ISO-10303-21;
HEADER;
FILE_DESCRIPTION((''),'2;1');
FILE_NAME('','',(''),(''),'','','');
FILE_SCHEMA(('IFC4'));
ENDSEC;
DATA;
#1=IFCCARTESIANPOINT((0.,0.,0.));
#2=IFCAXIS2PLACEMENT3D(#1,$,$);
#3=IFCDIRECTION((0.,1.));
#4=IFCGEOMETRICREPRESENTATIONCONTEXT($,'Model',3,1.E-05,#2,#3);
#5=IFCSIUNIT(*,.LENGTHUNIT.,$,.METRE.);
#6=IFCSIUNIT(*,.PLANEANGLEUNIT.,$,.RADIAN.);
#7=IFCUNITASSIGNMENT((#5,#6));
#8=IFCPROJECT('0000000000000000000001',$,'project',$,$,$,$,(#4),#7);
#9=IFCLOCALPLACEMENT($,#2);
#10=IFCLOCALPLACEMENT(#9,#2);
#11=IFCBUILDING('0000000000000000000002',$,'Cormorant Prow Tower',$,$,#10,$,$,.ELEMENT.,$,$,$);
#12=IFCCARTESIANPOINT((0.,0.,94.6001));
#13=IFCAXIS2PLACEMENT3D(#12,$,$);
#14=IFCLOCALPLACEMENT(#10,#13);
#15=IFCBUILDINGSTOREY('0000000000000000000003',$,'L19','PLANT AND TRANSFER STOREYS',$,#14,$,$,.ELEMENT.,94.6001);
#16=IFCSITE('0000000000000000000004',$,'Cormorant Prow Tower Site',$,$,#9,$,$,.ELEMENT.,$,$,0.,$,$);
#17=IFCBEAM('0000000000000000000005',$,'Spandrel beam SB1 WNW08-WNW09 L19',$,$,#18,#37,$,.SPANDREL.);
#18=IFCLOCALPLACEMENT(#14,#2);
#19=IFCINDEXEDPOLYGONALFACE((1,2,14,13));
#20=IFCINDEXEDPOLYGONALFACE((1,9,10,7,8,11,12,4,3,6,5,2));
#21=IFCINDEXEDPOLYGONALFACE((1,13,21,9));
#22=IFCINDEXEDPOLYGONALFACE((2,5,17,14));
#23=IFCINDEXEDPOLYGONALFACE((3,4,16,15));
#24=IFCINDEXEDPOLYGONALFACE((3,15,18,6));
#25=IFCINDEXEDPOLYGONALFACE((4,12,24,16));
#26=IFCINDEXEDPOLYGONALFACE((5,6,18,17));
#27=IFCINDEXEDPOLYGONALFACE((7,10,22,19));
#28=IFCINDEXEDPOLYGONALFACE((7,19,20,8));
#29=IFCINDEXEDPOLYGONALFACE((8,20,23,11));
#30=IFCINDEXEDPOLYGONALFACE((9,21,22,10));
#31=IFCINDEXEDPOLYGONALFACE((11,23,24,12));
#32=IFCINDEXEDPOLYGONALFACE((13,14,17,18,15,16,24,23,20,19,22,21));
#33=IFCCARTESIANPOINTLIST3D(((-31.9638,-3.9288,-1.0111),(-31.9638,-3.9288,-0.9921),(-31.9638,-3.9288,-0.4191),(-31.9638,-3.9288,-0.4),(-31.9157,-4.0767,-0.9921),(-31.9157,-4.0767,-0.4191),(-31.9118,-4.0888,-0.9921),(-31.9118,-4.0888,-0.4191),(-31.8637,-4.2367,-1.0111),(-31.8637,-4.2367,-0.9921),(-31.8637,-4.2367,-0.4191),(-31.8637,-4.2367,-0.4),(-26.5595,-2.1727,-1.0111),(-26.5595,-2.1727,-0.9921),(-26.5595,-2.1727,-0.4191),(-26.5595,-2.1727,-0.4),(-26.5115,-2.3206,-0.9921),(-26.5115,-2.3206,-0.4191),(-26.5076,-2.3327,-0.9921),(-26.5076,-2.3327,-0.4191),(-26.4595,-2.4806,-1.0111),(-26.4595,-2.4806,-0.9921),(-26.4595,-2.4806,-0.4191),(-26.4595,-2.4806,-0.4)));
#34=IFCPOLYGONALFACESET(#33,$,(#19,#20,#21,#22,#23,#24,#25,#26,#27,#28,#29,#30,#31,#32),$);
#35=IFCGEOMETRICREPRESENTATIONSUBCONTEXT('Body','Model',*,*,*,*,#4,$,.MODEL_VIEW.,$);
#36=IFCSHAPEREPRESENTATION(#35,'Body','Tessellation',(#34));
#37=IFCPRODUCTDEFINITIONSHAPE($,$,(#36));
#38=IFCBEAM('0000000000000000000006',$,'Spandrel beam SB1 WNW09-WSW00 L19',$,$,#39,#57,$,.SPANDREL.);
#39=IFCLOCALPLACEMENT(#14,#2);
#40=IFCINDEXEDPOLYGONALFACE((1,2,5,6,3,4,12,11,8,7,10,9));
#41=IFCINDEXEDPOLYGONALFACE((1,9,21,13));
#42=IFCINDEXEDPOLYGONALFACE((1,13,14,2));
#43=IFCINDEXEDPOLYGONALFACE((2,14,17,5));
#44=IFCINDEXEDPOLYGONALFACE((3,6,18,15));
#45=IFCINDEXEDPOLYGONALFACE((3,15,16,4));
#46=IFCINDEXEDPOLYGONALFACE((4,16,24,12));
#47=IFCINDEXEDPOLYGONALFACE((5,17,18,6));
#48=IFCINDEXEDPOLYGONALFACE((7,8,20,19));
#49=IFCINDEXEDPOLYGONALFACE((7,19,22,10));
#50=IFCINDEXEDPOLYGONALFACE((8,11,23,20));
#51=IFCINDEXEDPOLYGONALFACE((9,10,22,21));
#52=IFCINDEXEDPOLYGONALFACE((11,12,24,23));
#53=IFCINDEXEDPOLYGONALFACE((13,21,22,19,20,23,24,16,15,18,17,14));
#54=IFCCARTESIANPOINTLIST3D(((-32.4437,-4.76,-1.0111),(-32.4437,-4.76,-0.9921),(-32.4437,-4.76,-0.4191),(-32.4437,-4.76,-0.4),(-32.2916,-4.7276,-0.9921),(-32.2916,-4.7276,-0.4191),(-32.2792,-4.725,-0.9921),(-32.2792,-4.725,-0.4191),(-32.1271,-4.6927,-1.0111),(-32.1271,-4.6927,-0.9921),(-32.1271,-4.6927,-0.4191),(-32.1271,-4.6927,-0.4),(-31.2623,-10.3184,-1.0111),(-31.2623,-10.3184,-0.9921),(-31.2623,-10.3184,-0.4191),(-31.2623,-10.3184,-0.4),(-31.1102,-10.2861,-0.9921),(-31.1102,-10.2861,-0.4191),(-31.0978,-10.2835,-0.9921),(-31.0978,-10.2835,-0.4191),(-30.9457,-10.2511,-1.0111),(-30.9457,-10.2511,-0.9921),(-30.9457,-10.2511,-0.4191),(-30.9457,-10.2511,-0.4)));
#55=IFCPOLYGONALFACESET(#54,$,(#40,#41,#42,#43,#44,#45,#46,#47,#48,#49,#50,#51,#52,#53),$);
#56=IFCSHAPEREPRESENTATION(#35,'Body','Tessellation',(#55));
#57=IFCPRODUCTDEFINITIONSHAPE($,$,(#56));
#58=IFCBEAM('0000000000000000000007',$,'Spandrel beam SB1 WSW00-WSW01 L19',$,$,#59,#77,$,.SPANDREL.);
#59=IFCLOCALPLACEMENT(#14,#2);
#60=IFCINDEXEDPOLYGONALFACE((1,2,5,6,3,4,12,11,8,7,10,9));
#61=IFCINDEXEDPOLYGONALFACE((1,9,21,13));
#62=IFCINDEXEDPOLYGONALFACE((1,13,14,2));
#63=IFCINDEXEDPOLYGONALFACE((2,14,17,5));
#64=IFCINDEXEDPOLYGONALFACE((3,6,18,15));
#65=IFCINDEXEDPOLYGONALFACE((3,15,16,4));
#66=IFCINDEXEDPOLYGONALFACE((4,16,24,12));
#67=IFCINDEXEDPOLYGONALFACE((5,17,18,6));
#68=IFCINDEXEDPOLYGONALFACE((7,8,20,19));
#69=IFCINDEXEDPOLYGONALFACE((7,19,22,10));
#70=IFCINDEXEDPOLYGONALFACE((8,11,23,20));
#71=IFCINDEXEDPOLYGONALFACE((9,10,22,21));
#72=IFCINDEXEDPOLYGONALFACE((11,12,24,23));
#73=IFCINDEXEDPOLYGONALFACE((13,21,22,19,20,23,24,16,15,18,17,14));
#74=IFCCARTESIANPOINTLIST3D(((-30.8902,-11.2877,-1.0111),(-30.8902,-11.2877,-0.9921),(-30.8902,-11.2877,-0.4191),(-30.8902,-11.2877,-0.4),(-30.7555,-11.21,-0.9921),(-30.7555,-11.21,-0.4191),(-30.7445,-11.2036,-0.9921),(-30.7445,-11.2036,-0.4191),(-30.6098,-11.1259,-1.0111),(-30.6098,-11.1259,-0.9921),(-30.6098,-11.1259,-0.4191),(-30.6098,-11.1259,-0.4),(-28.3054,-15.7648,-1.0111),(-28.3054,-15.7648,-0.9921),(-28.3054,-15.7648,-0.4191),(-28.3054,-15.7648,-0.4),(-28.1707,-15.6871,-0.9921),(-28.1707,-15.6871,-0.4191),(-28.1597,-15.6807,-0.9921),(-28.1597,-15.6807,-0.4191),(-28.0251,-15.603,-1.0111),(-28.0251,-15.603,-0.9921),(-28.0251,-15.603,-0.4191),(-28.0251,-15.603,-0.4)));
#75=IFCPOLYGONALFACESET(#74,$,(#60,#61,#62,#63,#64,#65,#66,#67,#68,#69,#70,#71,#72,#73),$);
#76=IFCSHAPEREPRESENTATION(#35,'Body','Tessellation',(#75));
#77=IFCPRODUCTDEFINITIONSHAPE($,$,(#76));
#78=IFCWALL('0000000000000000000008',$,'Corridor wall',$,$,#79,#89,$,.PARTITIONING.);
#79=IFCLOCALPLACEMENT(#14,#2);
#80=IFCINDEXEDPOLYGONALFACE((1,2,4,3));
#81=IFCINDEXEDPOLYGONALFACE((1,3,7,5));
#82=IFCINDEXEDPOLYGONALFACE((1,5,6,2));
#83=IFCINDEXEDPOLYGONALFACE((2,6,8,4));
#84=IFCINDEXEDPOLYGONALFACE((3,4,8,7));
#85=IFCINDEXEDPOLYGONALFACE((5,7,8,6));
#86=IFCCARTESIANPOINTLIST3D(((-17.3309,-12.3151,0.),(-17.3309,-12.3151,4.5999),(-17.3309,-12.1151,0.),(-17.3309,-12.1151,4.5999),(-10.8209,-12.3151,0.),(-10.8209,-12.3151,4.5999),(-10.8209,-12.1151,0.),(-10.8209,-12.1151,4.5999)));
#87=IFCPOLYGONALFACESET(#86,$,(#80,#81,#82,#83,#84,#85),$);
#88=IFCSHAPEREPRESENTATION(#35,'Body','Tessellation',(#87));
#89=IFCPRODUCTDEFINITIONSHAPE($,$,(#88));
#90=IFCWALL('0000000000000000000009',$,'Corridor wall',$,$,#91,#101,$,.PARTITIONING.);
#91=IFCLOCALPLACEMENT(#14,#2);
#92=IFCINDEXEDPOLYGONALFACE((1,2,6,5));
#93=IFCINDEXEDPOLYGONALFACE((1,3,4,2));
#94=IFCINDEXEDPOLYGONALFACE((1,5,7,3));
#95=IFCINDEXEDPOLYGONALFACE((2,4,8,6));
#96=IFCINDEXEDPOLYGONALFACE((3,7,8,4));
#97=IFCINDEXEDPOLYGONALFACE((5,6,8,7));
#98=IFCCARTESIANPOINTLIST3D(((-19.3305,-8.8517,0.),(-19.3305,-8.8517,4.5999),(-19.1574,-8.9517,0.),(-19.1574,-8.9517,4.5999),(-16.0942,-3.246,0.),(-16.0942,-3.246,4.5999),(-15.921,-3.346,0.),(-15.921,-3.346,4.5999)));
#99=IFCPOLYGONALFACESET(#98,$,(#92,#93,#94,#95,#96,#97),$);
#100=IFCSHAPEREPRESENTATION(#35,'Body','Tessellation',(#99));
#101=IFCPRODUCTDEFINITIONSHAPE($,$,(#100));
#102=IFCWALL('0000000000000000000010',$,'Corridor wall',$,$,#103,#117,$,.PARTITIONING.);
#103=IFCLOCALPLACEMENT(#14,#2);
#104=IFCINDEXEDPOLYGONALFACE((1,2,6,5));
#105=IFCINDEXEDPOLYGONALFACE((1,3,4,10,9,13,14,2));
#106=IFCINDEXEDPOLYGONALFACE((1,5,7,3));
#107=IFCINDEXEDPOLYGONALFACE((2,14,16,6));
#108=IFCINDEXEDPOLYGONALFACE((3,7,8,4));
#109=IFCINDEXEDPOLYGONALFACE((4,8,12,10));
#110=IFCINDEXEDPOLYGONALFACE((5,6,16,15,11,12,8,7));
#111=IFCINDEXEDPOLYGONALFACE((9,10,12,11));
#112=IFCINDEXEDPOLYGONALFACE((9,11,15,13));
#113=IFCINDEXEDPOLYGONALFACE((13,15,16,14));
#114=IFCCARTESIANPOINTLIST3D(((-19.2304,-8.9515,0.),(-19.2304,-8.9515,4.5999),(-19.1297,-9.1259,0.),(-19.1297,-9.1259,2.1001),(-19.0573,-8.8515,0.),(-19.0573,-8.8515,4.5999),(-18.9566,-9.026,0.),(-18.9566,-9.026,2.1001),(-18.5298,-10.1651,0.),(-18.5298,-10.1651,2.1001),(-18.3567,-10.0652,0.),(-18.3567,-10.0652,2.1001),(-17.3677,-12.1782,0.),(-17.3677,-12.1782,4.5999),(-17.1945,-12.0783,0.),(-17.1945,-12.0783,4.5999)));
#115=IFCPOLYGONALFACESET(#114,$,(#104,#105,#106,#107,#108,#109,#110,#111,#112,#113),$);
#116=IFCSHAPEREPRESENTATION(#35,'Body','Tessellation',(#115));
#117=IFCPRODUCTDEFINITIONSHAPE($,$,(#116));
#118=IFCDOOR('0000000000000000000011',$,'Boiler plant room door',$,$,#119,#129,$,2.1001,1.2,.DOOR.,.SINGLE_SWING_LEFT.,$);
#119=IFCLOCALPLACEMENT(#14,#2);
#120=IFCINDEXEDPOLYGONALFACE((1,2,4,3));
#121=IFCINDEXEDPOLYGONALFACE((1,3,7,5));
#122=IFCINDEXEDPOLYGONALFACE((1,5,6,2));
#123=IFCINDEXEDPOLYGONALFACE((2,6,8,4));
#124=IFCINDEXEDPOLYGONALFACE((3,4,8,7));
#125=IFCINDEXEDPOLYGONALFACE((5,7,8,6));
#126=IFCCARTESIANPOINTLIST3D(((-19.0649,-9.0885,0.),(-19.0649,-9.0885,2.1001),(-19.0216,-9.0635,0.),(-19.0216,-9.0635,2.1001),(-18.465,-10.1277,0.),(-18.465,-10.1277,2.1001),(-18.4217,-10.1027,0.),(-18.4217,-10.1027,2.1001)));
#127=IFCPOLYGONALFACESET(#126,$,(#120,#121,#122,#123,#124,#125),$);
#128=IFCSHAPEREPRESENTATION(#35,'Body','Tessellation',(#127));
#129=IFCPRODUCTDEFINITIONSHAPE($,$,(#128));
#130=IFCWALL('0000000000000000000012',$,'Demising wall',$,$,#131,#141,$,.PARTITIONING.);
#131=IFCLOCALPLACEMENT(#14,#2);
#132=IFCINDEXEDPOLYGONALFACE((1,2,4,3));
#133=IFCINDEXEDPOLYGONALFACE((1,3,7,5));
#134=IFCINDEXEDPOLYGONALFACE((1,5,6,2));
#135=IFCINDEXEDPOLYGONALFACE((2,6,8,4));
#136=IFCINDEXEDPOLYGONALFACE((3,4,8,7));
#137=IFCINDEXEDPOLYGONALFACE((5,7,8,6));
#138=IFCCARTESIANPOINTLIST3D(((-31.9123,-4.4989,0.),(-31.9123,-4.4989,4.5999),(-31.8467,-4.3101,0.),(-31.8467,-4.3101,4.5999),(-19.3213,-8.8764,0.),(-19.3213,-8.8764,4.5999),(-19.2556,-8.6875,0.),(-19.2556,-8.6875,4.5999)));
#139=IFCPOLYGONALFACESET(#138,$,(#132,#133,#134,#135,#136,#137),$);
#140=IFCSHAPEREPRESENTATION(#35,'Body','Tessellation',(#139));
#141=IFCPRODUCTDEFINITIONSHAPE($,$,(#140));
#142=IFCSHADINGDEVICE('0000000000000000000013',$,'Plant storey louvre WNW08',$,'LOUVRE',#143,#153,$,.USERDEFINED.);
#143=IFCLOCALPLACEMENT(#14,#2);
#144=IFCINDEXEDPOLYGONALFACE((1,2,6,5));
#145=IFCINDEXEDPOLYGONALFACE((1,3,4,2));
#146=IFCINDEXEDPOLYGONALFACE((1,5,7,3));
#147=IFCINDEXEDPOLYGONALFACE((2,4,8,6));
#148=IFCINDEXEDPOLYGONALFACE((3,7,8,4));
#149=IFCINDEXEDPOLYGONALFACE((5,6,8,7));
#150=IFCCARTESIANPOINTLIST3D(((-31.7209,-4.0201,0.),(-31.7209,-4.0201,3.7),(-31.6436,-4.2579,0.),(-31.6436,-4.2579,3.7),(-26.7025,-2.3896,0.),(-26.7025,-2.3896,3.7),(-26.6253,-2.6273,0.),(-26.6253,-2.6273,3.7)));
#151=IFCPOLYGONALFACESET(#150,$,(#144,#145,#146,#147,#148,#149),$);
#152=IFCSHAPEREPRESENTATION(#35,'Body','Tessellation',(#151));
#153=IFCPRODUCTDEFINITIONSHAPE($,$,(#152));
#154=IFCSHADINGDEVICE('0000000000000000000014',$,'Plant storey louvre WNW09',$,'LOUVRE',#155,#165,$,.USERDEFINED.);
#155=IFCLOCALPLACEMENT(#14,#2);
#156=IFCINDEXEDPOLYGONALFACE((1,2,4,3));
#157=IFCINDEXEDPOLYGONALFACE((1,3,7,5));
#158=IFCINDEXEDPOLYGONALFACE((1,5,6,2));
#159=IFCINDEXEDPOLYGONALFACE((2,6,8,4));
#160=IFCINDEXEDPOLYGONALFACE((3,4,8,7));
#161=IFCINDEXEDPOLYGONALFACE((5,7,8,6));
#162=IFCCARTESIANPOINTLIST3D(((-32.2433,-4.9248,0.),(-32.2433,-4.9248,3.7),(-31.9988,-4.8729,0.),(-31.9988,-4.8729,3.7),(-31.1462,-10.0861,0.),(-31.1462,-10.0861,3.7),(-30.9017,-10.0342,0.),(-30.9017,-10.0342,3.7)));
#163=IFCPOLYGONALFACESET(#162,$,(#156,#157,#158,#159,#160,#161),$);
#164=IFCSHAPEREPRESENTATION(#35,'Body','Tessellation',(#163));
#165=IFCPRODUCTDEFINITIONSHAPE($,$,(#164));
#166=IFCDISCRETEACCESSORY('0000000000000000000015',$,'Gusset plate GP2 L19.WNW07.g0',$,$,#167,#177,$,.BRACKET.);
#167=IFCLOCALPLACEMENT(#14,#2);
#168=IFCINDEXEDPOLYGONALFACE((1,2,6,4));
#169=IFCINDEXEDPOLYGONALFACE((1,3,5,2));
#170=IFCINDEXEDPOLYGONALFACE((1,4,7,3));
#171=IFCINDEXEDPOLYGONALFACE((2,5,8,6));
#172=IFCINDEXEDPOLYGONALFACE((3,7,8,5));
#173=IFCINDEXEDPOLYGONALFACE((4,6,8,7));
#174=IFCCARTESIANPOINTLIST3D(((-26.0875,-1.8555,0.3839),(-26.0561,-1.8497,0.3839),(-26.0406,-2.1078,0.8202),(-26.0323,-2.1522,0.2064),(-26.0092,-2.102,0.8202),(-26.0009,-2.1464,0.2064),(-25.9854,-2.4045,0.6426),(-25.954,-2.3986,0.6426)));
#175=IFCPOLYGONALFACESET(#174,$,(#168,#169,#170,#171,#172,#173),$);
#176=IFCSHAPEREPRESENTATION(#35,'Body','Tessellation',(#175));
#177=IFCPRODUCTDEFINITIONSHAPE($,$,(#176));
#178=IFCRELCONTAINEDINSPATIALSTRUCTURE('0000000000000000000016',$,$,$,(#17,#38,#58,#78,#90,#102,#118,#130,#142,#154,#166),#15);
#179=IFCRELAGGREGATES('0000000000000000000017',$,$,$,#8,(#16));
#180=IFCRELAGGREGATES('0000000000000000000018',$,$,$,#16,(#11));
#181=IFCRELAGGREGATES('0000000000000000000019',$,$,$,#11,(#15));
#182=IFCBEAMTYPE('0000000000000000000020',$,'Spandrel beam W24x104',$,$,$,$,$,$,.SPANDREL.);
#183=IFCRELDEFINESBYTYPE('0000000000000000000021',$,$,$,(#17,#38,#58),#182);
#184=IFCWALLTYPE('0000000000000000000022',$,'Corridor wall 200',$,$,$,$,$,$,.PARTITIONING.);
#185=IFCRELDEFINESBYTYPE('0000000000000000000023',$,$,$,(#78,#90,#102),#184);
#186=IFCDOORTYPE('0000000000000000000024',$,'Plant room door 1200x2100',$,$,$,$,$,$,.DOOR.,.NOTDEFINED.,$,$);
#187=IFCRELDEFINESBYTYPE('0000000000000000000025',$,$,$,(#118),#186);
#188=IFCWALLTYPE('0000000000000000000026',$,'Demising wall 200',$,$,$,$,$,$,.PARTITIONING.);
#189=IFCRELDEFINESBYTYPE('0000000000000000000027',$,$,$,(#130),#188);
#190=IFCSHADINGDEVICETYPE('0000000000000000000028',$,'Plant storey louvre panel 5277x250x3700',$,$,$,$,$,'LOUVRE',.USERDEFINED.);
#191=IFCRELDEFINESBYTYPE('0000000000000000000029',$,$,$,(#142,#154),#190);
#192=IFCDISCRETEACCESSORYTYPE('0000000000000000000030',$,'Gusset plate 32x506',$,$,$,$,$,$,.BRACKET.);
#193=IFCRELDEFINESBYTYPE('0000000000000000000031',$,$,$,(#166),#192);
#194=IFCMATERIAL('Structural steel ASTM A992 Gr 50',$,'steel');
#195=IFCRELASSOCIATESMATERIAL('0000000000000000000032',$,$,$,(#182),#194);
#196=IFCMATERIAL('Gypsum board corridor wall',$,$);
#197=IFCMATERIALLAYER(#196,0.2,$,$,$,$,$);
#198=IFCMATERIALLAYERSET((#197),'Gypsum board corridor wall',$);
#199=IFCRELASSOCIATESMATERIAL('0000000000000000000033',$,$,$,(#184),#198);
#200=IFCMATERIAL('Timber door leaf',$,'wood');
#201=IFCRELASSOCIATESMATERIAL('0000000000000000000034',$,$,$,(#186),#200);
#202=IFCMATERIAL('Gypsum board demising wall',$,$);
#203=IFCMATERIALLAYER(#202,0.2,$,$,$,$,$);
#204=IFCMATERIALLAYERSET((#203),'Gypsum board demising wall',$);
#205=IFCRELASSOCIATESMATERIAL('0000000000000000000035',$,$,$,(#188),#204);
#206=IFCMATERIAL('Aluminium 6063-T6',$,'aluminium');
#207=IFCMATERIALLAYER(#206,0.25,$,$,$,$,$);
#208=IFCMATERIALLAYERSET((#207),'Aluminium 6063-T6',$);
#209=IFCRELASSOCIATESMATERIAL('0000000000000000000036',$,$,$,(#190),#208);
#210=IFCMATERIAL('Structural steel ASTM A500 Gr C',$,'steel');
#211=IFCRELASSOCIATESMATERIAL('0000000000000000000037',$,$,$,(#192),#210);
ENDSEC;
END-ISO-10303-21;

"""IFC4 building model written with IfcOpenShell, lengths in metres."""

from ifc_helpers import new_model, si_unit, direction, frame, frame_2d, origin, origin_2d, place, context, subcontext, project, spatial, rectangle, i_section, extrude, material, layer, layer_set, material_profile, profile_set, type_object, element, fill, save


model = new_model("IFC4")

# Units and contexts
model_context = context("Model", 3, precision=1e-05, world=origin(), true_north=direction((0.0, 1.0)))
body_context = subcontext(model_context, "Body", "Model", "MODEL_VIEW")
ifc_project = project(units=[si_unit("LENGTHUNIT", "METRE"), si_unit("PLANEANGLEUNIT", "RADIAN")], contexts=[model_context])

# Site, building, storey
site_placement = place(None, origin())
site = spatial("IfcSite", under=ifc_project, at=site_placement, Name="Cormorant Prow Tower Site", CompositionType="ELEMENT", RefElevation=0.0)
building_placement = place(site_placement, origin())
building = spatial("IfcBuilding", under=site, at=building_placement, Name="Cormorant Prow Tower", CompositionType="ELEMENT")
storey_placement = place(building_placement, frame((0.0, 0.0, 94.6001)))
storey = spatial("IfcBuildingStorey", under=building, at=storey_placement, Name="L19", Description="PLANT AND TRANSFER STOREYS", CompositionType="ELEMENT", Elevation=94.6001)

# Beams
ifc_material_1 = material(Name="Structural steel ASTM A992 Gr 50", Category="steel")
ifc_material_profile_1 = material_profile(ifc_material_1, i_section(OverallWidth=0.3237, OverallDepth=0.6111, WebThickness=0.0127, FlangeThickness=0.019, at=origin_2d()), Name="W24x104")
ifc_profile_set_1 = profile_set([ifc_material_profile_1], Name="Structural steel ASTM A992 Gr 50")
beam_type = type_object("IfcBeamType", Name="Spandrel beam W24x104", PredefinedType="SPANDREL", material=ifc_profile_set_1)
beam_1_placement = place(storey_placement, frame((-26.5095, -2.3267, -0.7056), z_axis=(-0.951049, -0.309039, 0.0), x_axis=(0.309039, -0.951049, 0.0)))
element("IfcBeam", 1, at=beam_1_placement, inside=storey, type_object=beam_type, Name="Spandrel beam SB1 WNW08-WNW09 L19", PredefinedType="SPANDREL", context=body_context, shape_type="SweptSolid", body=[
    extrude(i_section(OverallWidth=0.3237, OverallDepth=0.6111, WebThickness=0.0127, FlangeThickness=0.019, at=origin_2d()), origin(), (0.0, 0.0, 1.0), 5.6824),
])
beam_2_placement = place(storey_placement, frame((-32.2854, -4.7263, -0.7056), z_axis=(0.2079, -0.97815, 0.0), x_axis=(0.97815, 0.2079, 0.0)))
element("IfcBeam", 2, at=beam_2_placement, inside=storey, type_object=beam_type, Name="Spandrel beam SB1 WNW09-WSW00 L19", PredefinedType="SPANDREL", context=body_context, shape_type="SweptSolid", body=[
    extrude(i_section(OverallWidth=0.3237, OverallDepth=0.6111, WebThickness=0.0127, FlangeThickness=0.019, at=origin_2d()), origin(), (0.0, 0.0, 1.0), 5.6826),
])
beam_3_placement = place(storey_placement, frame((-30.75, -11.2068, -0.7056), z_axis=(0.499984, -0.866035, 0.0), x_axis=(0.866035, 0.499984, 0.0)))
element("IfcBeam", 3, at=beam_3_placement, inside=storey, type_object=beam_type, Name="Spandrel beam SB1 WSW00-WSW01 L19", PredefinedType="SPANDREL", context=body_context, shape_type="SweptSolid", body=[
    extrude(i_section(OverallWidth=0.3237, OverallDepth=0.6111, WebThickness=0.0127, FlangeThickness=0.019, at=origin_2d()), origin(), (0.0, 0.0, 1.0), 5.1697),
])

# Walls
ifc_material_2 = material(Name="Gypsum board corridor wall")
ifc_layer_1 = layer(ifc_material_2, 0.2)
ifc_layer_set_1 = layer_set([ifc_layer_1], Name="Gypsum board corridor wall")
wall_type_1 = type_object("IfcWallType", Name="Corridor wall 200", PredefinedType="PARTITIONING", material=ifc_layer_set_1)
wall_1_placement = place(storey_placement, frame((-17.3308, -12.2151, 0.0), z_axis=(0.0, 0.0, 1.0), x_axis=(1.0, 0.0, 0.0)))
element("IfcWall", 4, at=wall_1_placement, inside=storey, type_object=wall_type_1, Name="Corridor wall", PredefinedType="PARTITIONING", context=body_context, shape_type="SweptSolid", body=[
    extrude(rectangle(XDim=6.51, YDim=0.2, at=frame_2d((3.2549, 0.0))), origin(), (0.0, 0.0, 1.0), 4.5999),
])
wall_2_placement = place(storey_placement, frame((-19.2439, -8.9016, 0.0), z_axis=(0.0, 0.0, 1.0), x_axis=(0.499985, 0.866034, 0.0)))
element("IfcWall", 5, at=wall_2_placement, inside=storey, type_object=wall_type_1, Name="Corridor wall", PredefinedType="PARTITIONING", context=body_context, shape_type="SweptSolid", body=[
    extrude(rectangle(XDim=6.4729, YDim=0.2, at=frame_2d((3.2363, 0.0))), origin(), (0.0, 0.0, 1.0), 4.5999),
])

# Wall, opening, door
wall_3_placement = place(storey_placement, frame((-19.1438, -8.9016, 0.0), z_axis=(0.0, 0.0, 1.0), x_axis=(0.499959, -0.866049, 0.0)))
wall_3 = element("IfcWall", 6, at=wall_3_placement, inside=storey, type_object=wall_type_1, Name="Corridor wall", PredefinedType="PARTITIONING", context=body_context, shape_type="SweptSolid", body=[
    extrude(rectangle(XDim=3.7258, YDim=0.2, at=frame_2d((1.8628, 0.0))), origin(), (0.0, 0.0, 1.0), 4.5999),
])
opening_placement = place(wall_3_placement, frame((0.2012, 0.0, 0.0)))
opening = element("IfcOpeningElement", 7, at=opening_placement, cuts=wall_3, PredefinedType="OPENING", context=body_context, shape_type="SweptSolid", body=[
    extrude(rectangle(XDim=1.2, YDim=2.1001, at=frame_2d((0.6001, 1.05))), frame((0.0, 0.1099, 0.0), z_axis=(0.0, -1.0, 0.0), x_axis=(1.0, 0.0, 0.0)), (0.0, 0.0, 1.0), 0.22),
])
ifc_material_3 = material(Name="Timber door leaf", Category="wood")
door_type = type_object("IfcDoorType", Name="Plant room door 1200x2100", OperationType="NOTDEFINED", PredefinedType="DOOR", material=ifc_material_3)
door_placement = place(opening_placement, origin())
door = element("IfcDoor", 8, at=door_placement, inside=storey, type_object=door_type, Name="Boiler plant room door", OperationType="SINGLE_SWING_LEFT", OverallHeight=2.1001, OverallWidth=1.2, PredefinedType="DOOR", context=body_context, shape_type="SweptSolid", body=[
    extrude(rectangle(XDim=1.2, YDim=2.1001, at=frame_2d((0.6001, 1.05))), frame((0.0, 0.0249, 0.0), z_axis=(0.0, -1.0, 0.0), x_axis=(1.0, 0.0, 0.0)), (0.0, 0.0, 1.0), 0.05),
])
fill(opening, door)

# Wall
ifc_material_4 = material(Name="Gypsum board demising wall")
ifc_layer_2 = layer(ifc_material_4, 0.2)
ifc_layer_set_2 = layer_set([ifc_layer_2], Name="Gypsum board demising wall")
wall_type_2 = type_object("IfcWallType", Name="Demising wall 200", PredefinedType="PARTITIONING", material=ifc_layer_set_2)
wall_4_placement = place(storey_placement, frame((-31.8794, -4.4045, 0.0), z_axis=(0.0, 0.0, 1.0), x_axis=(0.944545, -0.328383, 0.0)))
element("IfcWall", 9, at=wall_4_placement, inside=storey, type_object=wall_type_2, Name="Demising wall", PredefinedType="PARTITIONING", context=body_context, shape_type="SweptSolid", body=[
    extrude(rectangle(XDim=13.3303, YDim=0.2, at=frame_2d((6.665, 0.0))), origin(), (0.0, 0.0, 1.0), 4.5999),
])

# Shading devices
ifc_material_5 = material(Name="Aluminium 6063-T6", Category="aluminium")
ifc_layer_3 = layer(ifc_material_5, 0.25)
ifc_layer_set_3 = layer_set([ifc_layer_3], Name="Aluminium 6063-T6")
shading_device_type = type_object("IfcShadingDeviceType", Name="Plant storey louvre panel 5277x250x3700", ElementType="LOUVRE", PredefinedType="USERDEFINED", material=ifc_layer_set_3)
for number, where, z_axis, x_axis, name in (
    (10, (-29.1731, -3.3237, 0.0), (0.0, 0.0, 1.0), (-0.951057, -0.309017, 0.0), "Plant storey louvre WNW08"),
    (11, (-31.5725, -7.4795, 0.0), (0.0, 0.0, 1.0), (0.207912, -0.978148, 0.0), "Plant storey louvre WNW09"),
):
    element("IfcShadingDevice", number, at=place(storey_placement, frame(where, z_axis=z_axis, x_axis=x_axis)), inside=storey, type_object=shading_device_type, Name=name, ObjectType="LOUVRE", PredefinedType="USERDEFINED", context=body_context, shape_type="SweptSolid", body=[
        extrude(rectangle(XDim=5.2766, YDim=0.25, at=origin_2d()), origin(), (0.0, 0.0, 1.0), 3.7),
    ])

# Discrete accessory
ifc_material_6 = material(Name="Structural steel ASTM A500 Gr C", Category="steel")
ifc_material_profile_2 = material_profile(ifc_material_6, rectangle(XDim=0.032, YDim=0.5061, at=origin_2d()), Name="Gusset plate 32x506")
ifc_profile_set_2 = profile_set([ifc_material_profile_2], Name="Structural steel ASTM A500 Gr C")
discrete_accessory_type_1 = type_object("IfcDiscreteAccessoryType", Name="Gusset plate 32x506", PredefinedType="BRACKET", material=ifc_profile_set_2)
discrete_accessory_1_placement = place(storey_placement, frame((-26.0483, -1.9788, 0.6021), z_axis=(0.157621, -0.847389, -0.507038), x_axis=(0.983137, 0.182872, 0.0)))
element("IfcDiscreteAccessory", 12, at=discrete_accessory_1_placement, inside=storey, type_object=discrete_accessory_type_1, Name="Gusset plate GP2 L19.WNW07.g0", PredefinedType="BRACKET", context=body_context, shape_type="SweptSolid", body=[
    extrude(rectangle(XDim=0.032, YDim=0.5061, at=origin_2d()), origin(), (0.0, 0.0, 1.0), 0.3501),
])

save(model, "model.ifc")
